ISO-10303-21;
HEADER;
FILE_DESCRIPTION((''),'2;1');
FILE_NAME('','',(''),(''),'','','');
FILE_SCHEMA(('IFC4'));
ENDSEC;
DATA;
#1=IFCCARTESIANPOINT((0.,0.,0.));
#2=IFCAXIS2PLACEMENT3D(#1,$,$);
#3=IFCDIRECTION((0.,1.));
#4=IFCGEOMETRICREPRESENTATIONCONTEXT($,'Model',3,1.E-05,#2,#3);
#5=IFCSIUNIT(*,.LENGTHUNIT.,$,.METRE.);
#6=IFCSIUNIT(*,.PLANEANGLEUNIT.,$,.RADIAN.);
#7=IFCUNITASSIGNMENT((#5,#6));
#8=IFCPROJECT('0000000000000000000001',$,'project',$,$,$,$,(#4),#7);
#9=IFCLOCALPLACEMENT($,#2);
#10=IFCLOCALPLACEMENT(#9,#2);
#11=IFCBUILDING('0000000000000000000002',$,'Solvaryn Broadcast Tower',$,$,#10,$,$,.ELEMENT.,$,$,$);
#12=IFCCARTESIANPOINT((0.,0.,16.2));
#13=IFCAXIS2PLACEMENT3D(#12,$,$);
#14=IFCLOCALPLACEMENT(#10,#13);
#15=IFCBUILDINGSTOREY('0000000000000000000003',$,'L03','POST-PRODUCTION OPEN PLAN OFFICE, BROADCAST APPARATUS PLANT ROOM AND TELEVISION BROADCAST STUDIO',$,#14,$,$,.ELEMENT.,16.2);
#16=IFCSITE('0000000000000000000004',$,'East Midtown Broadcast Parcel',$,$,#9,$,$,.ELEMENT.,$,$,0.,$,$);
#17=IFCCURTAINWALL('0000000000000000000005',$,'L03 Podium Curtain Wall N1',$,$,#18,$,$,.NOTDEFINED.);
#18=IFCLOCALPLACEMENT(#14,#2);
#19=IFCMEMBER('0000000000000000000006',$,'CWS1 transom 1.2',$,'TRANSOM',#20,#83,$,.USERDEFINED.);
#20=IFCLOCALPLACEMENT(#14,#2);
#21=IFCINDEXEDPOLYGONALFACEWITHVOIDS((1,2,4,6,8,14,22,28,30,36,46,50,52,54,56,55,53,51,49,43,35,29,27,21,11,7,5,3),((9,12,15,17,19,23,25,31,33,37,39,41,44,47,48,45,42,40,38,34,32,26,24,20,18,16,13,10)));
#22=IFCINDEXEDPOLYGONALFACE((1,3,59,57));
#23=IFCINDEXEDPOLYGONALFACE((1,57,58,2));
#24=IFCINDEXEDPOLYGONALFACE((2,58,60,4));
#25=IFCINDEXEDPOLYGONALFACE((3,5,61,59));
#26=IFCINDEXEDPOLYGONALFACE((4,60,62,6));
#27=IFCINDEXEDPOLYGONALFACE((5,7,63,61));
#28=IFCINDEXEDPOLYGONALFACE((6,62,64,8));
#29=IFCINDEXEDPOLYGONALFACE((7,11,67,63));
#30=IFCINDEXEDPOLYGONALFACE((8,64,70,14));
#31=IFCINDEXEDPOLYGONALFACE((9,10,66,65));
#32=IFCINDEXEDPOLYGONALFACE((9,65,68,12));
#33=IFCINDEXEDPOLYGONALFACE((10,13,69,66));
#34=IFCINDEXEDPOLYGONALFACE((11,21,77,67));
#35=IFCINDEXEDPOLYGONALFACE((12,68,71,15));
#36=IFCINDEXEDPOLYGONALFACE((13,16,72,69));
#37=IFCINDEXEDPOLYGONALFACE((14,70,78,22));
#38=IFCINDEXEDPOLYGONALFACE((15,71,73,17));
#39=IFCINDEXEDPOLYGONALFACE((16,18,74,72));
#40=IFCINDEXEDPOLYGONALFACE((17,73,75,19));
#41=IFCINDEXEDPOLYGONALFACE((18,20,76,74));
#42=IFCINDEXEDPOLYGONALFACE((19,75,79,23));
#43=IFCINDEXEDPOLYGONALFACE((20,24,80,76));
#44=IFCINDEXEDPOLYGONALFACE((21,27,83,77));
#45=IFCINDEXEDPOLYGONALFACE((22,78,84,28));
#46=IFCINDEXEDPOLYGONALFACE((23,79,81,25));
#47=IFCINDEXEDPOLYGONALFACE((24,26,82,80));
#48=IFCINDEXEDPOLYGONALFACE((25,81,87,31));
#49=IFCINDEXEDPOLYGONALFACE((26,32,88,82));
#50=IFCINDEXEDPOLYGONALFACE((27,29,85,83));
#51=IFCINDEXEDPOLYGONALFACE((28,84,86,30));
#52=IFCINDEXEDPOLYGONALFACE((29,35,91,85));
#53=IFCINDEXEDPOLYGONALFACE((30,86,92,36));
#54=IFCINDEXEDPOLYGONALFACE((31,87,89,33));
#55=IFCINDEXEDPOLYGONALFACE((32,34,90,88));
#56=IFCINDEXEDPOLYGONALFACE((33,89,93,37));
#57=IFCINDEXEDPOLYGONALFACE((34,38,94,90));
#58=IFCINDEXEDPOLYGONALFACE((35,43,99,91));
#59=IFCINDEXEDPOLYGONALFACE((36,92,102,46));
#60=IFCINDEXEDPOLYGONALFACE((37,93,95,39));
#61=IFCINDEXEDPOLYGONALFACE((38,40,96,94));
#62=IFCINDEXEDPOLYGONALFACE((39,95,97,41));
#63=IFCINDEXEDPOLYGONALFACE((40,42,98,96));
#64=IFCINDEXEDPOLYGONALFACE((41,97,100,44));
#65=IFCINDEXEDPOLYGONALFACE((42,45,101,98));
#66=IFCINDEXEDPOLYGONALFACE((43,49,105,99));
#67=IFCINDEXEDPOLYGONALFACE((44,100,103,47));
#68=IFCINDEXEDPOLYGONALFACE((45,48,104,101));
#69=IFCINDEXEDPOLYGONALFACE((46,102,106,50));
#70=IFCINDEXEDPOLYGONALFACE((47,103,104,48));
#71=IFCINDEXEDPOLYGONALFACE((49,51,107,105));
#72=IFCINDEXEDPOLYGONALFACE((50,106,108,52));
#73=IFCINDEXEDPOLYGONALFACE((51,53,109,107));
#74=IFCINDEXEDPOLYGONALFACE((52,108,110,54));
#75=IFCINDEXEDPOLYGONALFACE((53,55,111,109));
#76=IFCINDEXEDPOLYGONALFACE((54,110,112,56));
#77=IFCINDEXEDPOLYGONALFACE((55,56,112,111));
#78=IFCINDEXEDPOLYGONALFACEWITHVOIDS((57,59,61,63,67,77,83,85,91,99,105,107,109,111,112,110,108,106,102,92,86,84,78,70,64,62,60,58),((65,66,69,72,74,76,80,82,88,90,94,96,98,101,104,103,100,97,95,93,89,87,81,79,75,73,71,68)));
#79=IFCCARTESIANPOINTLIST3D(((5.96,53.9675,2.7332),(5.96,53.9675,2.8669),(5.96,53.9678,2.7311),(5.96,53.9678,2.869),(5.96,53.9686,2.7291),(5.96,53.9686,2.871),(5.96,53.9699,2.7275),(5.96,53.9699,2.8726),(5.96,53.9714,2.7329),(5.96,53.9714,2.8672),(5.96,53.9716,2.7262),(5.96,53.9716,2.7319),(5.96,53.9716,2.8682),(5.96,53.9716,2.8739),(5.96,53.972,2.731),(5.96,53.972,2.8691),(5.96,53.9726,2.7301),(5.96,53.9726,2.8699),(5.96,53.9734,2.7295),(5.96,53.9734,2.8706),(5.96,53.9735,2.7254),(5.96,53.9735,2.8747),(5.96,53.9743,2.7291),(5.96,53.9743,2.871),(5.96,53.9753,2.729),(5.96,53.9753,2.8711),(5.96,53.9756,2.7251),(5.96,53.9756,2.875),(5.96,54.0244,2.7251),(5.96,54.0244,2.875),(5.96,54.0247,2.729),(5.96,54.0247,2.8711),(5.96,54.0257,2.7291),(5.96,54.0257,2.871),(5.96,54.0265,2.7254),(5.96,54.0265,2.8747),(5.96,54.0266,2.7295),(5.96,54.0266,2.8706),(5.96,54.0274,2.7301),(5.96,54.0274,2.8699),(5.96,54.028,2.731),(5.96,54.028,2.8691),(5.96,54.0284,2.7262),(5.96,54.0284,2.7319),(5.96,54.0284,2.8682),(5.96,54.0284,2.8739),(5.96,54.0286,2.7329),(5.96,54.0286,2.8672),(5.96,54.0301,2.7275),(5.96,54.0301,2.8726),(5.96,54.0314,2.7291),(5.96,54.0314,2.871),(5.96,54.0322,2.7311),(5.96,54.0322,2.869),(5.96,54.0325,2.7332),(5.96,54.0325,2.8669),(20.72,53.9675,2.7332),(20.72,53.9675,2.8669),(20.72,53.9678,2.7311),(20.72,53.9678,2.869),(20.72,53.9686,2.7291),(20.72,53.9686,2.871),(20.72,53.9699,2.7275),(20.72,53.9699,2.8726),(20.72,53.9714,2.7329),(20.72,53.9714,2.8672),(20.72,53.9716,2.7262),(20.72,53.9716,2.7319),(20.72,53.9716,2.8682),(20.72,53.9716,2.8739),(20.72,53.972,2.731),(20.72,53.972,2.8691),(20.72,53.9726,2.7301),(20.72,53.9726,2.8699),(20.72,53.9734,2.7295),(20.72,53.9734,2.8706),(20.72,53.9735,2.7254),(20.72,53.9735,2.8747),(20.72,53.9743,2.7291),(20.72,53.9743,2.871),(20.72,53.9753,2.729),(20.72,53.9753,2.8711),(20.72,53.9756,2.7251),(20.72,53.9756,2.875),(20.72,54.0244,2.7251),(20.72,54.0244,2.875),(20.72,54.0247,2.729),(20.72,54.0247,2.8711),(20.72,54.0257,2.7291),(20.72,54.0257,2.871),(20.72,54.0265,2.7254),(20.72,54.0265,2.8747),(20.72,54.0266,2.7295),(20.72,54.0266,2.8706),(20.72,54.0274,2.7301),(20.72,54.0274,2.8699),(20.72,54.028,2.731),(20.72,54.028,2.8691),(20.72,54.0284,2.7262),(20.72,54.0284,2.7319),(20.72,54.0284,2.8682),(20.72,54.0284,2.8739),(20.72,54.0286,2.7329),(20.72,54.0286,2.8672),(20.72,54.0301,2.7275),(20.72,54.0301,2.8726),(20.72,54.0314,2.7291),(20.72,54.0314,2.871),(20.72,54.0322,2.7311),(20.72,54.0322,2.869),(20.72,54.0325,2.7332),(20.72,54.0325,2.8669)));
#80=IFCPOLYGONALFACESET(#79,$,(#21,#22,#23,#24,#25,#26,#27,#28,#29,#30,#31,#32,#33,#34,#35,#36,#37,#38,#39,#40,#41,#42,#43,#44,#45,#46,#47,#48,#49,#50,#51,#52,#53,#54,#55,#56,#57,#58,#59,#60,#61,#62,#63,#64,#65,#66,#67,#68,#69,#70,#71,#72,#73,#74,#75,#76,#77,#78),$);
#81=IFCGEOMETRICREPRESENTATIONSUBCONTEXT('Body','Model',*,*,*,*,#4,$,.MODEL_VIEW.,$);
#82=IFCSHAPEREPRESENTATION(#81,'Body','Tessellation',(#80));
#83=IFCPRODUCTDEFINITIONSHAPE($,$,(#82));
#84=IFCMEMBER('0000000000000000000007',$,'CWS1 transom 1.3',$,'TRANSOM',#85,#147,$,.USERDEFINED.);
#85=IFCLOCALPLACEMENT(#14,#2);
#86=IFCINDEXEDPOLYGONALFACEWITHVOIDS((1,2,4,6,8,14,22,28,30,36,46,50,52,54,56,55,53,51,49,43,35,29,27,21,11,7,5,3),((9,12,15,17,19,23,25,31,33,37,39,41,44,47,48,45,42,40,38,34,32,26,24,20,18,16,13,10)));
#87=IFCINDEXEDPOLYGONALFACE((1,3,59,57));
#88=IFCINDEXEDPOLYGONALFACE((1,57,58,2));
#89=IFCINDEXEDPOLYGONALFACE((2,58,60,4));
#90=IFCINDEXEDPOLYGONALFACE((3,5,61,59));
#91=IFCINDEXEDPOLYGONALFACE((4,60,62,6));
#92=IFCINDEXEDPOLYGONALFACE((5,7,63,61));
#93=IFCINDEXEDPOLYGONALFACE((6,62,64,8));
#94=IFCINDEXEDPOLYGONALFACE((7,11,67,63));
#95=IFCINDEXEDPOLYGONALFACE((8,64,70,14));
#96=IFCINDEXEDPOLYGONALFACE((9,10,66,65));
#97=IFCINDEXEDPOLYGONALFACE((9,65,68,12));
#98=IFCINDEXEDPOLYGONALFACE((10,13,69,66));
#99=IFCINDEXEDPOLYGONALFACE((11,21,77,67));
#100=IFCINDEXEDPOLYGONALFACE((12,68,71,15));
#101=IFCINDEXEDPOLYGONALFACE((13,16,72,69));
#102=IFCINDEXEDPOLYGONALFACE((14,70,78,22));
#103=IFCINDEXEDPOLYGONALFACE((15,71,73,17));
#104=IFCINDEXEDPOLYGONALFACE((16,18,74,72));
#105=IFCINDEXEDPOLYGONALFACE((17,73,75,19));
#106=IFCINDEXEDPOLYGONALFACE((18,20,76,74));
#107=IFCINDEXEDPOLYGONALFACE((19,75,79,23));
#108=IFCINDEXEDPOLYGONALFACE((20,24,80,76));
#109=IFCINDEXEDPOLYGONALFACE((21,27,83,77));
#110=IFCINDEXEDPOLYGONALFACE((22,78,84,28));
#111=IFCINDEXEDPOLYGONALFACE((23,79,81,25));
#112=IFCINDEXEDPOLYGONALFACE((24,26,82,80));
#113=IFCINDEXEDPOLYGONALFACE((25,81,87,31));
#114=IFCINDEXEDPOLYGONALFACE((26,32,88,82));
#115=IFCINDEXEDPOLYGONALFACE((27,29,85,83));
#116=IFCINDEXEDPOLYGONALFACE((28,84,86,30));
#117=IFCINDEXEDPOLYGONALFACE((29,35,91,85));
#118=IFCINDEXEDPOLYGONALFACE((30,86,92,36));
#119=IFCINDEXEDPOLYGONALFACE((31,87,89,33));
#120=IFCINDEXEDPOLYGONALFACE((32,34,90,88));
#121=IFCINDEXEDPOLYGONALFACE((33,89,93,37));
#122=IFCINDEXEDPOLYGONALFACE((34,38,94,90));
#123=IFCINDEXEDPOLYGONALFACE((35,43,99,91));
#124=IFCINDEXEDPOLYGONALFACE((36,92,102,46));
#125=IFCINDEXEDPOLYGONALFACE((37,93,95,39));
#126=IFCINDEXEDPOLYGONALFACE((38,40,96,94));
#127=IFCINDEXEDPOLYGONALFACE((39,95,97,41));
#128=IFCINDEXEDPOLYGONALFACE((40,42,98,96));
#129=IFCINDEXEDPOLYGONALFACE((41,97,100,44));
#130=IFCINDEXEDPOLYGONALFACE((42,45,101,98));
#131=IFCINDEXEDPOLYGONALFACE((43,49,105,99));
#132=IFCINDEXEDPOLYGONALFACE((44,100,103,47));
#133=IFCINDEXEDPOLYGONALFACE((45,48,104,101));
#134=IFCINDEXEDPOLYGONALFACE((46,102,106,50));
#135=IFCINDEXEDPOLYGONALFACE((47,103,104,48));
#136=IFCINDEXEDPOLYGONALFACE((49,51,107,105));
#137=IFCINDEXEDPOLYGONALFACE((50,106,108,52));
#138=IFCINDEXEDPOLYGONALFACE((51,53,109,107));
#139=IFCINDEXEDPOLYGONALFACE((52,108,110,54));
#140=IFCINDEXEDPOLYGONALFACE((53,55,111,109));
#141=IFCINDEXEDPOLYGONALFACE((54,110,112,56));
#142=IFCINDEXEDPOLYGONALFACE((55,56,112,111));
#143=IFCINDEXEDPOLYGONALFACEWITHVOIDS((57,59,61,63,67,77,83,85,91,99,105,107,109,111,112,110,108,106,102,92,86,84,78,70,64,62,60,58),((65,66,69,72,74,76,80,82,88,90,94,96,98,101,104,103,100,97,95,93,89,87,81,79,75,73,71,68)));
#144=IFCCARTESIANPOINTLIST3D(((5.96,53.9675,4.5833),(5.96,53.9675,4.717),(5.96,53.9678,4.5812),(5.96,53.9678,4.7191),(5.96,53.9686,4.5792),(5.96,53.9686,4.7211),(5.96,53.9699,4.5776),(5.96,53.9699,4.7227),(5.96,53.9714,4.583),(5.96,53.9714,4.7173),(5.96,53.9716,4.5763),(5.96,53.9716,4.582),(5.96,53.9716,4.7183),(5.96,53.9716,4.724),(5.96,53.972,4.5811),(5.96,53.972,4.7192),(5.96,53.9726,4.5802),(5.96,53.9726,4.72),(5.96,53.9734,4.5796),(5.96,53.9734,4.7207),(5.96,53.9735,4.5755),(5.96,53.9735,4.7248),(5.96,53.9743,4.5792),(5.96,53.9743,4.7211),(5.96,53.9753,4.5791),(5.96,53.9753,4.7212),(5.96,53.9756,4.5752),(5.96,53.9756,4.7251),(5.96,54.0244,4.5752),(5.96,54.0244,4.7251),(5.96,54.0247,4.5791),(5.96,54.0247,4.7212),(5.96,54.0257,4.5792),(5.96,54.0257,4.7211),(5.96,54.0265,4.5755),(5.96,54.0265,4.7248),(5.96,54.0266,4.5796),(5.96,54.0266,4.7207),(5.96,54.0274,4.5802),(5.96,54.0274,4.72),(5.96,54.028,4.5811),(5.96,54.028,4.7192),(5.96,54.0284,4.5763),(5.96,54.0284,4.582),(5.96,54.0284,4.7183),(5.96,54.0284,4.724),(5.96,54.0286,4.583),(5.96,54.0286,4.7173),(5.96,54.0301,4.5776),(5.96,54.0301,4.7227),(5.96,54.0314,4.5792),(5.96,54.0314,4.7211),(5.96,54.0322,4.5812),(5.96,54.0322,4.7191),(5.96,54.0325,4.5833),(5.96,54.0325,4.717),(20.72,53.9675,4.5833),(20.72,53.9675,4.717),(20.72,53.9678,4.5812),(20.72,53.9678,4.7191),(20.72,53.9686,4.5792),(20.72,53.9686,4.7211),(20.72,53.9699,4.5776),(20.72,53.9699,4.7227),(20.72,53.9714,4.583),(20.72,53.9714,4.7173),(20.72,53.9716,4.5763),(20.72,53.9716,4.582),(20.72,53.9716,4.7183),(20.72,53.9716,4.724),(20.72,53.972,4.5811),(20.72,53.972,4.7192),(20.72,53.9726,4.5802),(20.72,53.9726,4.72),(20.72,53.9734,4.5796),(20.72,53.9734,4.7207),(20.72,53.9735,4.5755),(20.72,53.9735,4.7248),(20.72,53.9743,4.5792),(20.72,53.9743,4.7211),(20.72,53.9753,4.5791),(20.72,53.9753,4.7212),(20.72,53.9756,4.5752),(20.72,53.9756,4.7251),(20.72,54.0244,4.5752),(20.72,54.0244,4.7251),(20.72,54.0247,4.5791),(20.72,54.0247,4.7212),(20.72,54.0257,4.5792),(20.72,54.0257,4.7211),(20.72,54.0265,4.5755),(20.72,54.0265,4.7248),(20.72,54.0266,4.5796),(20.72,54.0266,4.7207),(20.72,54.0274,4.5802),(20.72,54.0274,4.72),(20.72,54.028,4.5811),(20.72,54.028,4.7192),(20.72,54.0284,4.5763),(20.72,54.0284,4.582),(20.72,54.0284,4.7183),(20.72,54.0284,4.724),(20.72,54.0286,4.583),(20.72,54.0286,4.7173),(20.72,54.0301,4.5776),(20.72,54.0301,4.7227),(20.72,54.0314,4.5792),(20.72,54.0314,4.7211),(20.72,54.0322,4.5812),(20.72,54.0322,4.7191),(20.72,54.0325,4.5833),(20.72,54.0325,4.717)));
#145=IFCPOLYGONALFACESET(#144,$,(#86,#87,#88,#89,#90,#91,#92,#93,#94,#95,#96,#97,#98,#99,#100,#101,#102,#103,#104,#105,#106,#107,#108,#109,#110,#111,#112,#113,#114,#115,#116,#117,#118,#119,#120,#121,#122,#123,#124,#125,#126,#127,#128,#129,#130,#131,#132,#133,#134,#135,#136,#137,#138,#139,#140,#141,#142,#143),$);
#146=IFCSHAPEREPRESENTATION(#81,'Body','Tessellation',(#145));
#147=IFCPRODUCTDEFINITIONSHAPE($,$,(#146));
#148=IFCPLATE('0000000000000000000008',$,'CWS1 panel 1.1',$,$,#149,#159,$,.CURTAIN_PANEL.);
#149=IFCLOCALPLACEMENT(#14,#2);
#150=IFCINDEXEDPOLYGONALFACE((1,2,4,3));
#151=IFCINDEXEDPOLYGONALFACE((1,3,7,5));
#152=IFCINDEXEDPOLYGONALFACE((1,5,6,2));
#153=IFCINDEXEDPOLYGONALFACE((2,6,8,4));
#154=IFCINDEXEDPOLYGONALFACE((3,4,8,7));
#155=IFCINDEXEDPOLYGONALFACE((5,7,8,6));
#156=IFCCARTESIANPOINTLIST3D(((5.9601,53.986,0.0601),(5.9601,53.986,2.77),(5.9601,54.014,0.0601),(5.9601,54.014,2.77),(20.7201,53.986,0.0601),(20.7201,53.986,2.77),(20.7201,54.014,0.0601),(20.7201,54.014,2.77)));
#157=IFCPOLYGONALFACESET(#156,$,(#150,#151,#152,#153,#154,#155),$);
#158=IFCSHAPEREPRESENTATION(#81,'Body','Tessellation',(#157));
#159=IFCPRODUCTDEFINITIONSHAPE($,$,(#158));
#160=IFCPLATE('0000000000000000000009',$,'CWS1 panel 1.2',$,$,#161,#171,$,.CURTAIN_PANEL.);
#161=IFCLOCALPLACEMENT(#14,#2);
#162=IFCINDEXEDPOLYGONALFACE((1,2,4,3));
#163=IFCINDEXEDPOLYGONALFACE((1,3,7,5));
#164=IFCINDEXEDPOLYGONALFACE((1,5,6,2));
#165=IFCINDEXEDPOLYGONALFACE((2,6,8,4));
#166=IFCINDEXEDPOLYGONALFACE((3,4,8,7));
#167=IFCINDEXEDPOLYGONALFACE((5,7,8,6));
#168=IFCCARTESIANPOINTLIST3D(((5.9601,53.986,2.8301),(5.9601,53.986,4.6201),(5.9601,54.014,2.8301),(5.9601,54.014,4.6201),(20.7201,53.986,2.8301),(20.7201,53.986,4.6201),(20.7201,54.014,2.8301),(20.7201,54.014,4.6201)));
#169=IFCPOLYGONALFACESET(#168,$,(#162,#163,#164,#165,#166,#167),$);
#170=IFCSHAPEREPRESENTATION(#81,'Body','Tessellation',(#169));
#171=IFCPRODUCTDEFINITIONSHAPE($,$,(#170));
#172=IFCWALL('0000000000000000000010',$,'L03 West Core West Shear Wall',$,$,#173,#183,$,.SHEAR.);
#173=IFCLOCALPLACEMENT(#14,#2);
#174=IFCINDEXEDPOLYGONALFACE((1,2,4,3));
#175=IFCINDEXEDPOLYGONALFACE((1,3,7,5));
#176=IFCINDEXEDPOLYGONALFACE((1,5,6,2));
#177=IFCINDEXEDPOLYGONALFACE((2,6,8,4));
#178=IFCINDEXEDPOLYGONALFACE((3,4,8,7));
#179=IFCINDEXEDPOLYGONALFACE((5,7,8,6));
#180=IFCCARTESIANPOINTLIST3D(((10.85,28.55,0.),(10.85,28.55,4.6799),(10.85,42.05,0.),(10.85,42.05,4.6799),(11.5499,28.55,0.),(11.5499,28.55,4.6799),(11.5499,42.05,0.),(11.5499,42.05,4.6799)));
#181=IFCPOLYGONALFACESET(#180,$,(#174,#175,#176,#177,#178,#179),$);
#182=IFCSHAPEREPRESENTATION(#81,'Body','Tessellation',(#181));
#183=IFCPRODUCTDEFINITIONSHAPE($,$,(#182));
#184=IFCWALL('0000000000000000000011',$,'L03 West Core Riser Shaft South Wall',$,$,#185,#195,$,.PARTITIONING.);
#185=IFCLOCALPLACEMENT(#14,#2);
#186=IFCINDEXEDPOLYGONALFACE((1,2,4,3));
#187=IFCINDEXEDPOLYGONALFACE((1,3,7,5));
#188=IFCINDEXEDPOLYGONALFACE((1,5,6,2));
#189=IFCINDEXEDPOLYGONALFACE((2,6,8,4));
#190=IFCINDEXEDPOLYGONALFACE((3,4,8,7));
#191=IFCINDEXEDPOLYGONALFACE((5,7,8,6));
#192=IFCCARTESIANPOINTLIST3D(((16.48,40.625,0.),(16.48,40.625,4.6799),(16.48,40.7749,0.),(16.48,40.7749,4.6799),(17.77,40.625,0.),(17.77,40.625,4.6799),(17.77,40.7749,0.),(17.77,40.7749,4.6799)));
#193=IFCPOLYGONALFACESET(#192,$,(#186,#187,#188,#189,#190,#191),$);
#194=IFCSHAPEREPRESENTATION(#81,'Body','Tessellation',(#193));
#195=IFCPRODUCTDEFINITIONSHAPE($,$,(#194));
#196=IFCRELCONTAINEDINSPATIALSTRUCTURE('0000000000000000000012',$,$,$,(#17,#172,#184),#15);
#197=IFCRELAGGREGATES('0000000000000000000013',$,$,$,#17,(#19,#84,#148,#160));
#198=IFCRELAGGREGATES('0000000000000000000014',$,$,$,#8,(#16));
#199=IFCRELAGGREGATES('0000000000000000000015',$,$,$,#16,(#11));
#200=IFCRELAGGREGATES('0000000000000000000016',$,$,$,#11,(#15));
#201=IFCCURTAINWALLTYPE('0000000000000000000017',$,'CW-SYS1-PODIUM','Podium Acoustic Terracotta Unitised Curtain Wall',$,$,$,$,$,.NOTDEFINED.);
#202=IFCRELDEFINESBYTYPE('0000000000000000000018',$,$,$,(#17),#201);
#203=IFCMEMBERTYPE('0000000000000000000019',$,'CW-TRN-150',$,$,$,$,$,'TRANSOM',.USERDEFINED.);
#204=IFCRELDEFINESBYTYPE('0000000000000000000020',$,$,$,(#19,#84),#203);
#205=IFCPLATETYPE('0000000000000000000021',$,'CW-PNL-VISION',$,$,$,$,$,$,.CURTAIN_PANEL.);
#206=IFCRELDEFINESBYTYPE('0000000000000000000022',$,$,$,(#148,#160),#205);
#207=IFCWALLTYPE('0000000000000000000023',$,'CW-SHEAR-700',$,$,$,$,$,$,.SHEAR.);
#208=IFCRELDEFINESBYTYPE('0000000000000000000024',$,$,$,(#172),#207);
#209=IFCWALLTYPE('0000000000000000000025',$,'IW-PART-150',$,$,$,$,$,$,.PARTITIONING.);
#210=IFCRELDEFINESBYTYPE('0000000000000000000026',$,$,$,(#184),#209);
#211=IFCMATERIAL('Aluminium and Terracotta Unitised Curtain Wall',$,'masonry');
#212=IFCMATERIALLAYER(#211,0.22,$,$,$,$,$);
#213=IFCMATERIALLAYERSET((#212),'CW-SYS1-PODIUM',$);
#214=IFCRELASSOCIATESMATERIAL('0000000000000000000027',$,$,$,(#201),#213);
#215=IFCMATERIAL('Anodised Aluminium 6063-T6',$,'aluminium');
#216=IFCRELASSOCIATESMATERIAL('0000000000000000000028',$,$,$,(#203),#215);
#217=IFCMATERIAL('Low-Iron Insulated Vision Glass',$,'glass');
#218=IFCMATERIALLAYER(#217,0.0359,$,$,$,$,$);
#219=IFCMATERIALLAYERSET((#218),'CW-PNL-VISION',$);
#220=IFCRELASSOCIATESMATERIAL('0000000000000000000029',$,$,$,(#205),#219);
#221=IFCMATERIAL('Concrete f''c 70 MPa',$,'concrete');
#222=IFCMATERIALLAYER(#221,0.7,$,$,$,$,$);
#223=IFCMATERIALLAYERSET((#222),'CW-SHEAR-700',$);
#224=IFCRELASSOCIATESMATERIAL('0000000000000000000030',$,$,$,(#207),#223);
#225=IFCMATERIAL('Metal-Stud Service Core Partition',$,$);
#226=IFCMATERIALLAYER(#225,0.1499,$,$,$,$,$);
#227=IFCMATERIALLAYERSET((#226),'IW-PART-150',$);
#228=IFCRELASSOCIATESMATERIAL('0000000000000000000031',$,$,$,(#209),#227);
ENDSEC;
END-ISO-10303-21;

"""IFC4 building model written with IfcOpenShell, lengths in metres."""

from ifc_helpers import new_model, si_unit, direction, frame, frame_2d, origin, origin_2d, place, context, subcontext, project, spatial, rectangle, hollow_rectangle, extrude, material, layer, layer_set, material_profile, profile_set, type_object, element, aggregate, save


model = new_model("IFC4")

# Units and contexts
model_context = context("Model", 3, precision=1e-05, world=origin(), true_north=direction((0.0, 1.0)))
body_context = subcontext(model_context, "Body", "Model", "MODEL_VIEW")
ifc_project = project(units=[si_unit("LENGTHUNIT", "METRE"), si_unit("PLANEANGLEUNIT", "RADIAN")], contexts=[model_context])

# Site, building, storey
site_placement = place(None, origin())
site = spatial("IfcSite", under=ifc_project, at=site_placement, Name="East Midtown Broadcast Parcel", CompositionType="ELEMENT", RefElevation=0.0)
building_placement = place(site_placement, origin())
building = spatial("IfcBuilding", under=site, at=building_placement, Name="Solvaryn Broadcast Tower", CompositionType="ELEMENT")
storey_placement = place(building_placement, frame((0.0, 0.0, 16.2)))
storey = spatial("IfcBuildingStorey", under=building, at=storey_placement, Name="L03", Description="POST-PRODUCTION OPEN PLAN OFFICE, BROADCAST APPARATUS PLANT ROOM AND TELEVISION BROADCAST STUDIO", CompositionType="ELEMENT", Elevation=16.2)

# Curtain wall, members, plates
ifc_material_1 = material(Name="Aluminium and Terracotta Unitised Curtain Wall", Category="masonry")
ifc_layer_1 = layer(ifc_material_1, 0.22)
ifc_layer_set_1 = layer_set([ifc_layer_1], Name="CW-SYS1-PODIUM")
curtain_wall_type = type_object("IfcCurtainWallType", Name="CW-SYS1-PODIUM", Description="Podium Acoustic Terracotta Unitised Curtain Wall", PredefinedType="NOTDEFINED", material=ifc_layer_set_1)
curtain_wall_placement = place(storey_placement, origin())
curtain_wall = element("IfcCurtainWall", 1, at=curtain_wall_placement, inside=storey, type_object=curtain_wall_type, Name="L03 Podium Curtain Wall N1", PredefinedType="NOTDEFINED")
ifc_material_2 = material(Name="Anodised Aluminium 6063-T6", Category="aluminium")
ifc_material_profile_1 = material_profile(ifc_material_2, hollow_rectangle(XDim=0.0649, YDim=0.1499, WallThickness=0.0039, InnerFilletRadius=0.0039, OuterFilletRadius=0.0081, at=origin_2d()))
ifc_profile_set_1 = profile_set([ifc_material_profile_1], Name="Anodised Aluminium 6063-T6")
member_type_1 = type_object("IfcMemberType", Name="CW-TRN-150", ElementType="TRANSOM", PredefinedType="USERDEFINED", material=ifc_profile_set_1)
member_1_placement = place(storey_placement, frame((5.96, 54.0, 2.8), z_axis=(1.0, 0.0, 0.0), x_axis=(0.0, 1.0, 0.0)))
member_1 = element("IfcMember", 2, at=member_1_placement, type_object=member_type_1, Name="CWS1 transom 1.2", ObjectType="TRANSOM", PredefinedType="USERDEFINED", context=body_context, shape_type="SweptSolid", body=[
    extrude(hollow_rectangle(XDim=0.0649, YDim=0.1499, WallThickness=0.0039, InnerFilletRadius=0.0039, OuterFilletRadius=0.0081, at=origin_2d()), origin(), (0.0, 0.0, 1.0), 14.76),
])
member_2_placement = place(storey_placement, frame((5.96, 54.0, 4.6501), z_axis=(1.0, 0.0, 0.0), x_axis=(0.0, 1.0, 0.0)))
member_2 = element("IfcMember", 3, at=member_2_placement, type_object=member_type_1, Name="CWS1 transom 1.3", ObjectType="TRANSOM", PredefinedType="USERDEFINED", context=body_context, shape_type="SweptSolid", body=[
    extrude(hollow_rectangle(XDim=0.0649, YDim=0.1499, WallThickness=0.0039, InnerFilletRadius=0.0039, OuterFilletRadius=0.0081, at=origin_2d()), origin(), (0.0, 0.0, 1.0), 14.76),
])
ifc_material_3 = material(Name="Low-Iron Insulated Vision Glass", Category="glass")
ifc_layer_2 = layer(ifc_material_3, 0.0359)
ifc_layer_set_2 = layer_set([ifc_layer_2], Name="CW-PNL-VISION")
plate_type = type_object("IfcPlateType", Name="CW-PNL-VISION", PredefinedType="CURTAIN_PANEL", material=ifc_layer_set_2)
plate_1_placement = place(storey_placement, frame((13.3401, 54.0, 0.0601), z_axis=(0.0, 0.0, 1.0), x_axis=(1.0, 0.0, 0.0)))
plate_1 = element("IfcPlate", 4, at=plate_1_placement, type_object=plate_type, Name="CWS1 panel 1.1", PredefinedType="CURTAIN_PANEL", context=body_context, shape_type="SweptSolid", body=[
    extrude(rectangle(XDim=14.76, YDim=0.0281, at=origin_2d()), origin(), (0.0, 0.0, 1.0), 2.71),
])
plate_2_placement = place(storey_placement, frame((13.3401, 54.0, 2.8301), z_axis=(0.0, 0.0, 1.0), x_axis=(1.0, 0.0, 0.0)))
plate_2 = element("IfcPlate", 5, at=plate_2_placement, type_object=plate_type, Name="CWS1 panel 1.2", PredefinedType="CURTAIN_PANEL", context=body_context, shape_type="SweptSolid", body=[
    extrude(rectangle(XDim=14.76, YDim=0.0281, at=origin_2d()), origin(), (0.0, 0.0, 1.0), 1.79),
])
aggregate(curtain_wall, [member_1, member_2, plate_1, plate_2])

# Walls
ifc_material_4 = material(Name="Concrete f'c 70 MPa", Category="concrete")
ifc_layer_3 = layer(ifc_material_4, 0.7)
ifc_layer_set_3 = layer_set([ifc_layer_3], Name="CW-SHEAR-700")
wall_type_1 = type_object("IfcWallType", Name="CW-SHEAR-700", PredefinedType="SHEAR", material=ifc_layer_set_3)
wall_1_placement = place(storey_placement, frame((11.2, 42.05, 0.0), z_axis=(0.0, 0.0, 1.0), x_axis=(0.0, -1.0, 0.0)))
element("IfcWall", 6, at=wall_1_placement, inside=storey, type_object=wall_type_1, Name="L03 West Core West Shear Wall", PredefinedType="SHEAR", context=body_context, shape_type="SweptSolid", body=[
    extrude(rectangle(XDim=13.5, YDim=0.7, at=frame_2d((6.75, 0.0))), origin(), (0.0, 0.0, 1.0), 4.6799),
])
ifc_material_5 = material(Name="Metal-Stud Service Core Partition")
ifc_layer_4 = layer(ifc_material_5, 0.1499)
ifc_layer_set_4 = layer_set([ifc_layer_4], Name="IW-PART-150")
wall_type_2 = type_object("IfcWallType", Name="IW-PART-150", PredefinedType="PARTITIONING", material=ifc_layer_set_4)
wall_2_placement = place(storey_placement, frame((16.48, 40.7, 0.0), z_axis=(0.0, 0.0, 1.0), x_axis=(1.0, 0.0, 0.0)))
element("IfcWall", 7, at=wall_2_placement, inside=storey, type_object=wall_type_2, Name="L03 West Core Riser Shaft South Wall", PredefinedType="PARTITIONING", context=body_context, shape_type="SweptSolid", body=[
    extrude(rectangle(XDim=1.29, YDim=0.1499, at=frame_2d((0.645, 0.0))), origin(), (0.0, 0.0, 1.0), 4.6799),
])

save(model, "model.ifc")
